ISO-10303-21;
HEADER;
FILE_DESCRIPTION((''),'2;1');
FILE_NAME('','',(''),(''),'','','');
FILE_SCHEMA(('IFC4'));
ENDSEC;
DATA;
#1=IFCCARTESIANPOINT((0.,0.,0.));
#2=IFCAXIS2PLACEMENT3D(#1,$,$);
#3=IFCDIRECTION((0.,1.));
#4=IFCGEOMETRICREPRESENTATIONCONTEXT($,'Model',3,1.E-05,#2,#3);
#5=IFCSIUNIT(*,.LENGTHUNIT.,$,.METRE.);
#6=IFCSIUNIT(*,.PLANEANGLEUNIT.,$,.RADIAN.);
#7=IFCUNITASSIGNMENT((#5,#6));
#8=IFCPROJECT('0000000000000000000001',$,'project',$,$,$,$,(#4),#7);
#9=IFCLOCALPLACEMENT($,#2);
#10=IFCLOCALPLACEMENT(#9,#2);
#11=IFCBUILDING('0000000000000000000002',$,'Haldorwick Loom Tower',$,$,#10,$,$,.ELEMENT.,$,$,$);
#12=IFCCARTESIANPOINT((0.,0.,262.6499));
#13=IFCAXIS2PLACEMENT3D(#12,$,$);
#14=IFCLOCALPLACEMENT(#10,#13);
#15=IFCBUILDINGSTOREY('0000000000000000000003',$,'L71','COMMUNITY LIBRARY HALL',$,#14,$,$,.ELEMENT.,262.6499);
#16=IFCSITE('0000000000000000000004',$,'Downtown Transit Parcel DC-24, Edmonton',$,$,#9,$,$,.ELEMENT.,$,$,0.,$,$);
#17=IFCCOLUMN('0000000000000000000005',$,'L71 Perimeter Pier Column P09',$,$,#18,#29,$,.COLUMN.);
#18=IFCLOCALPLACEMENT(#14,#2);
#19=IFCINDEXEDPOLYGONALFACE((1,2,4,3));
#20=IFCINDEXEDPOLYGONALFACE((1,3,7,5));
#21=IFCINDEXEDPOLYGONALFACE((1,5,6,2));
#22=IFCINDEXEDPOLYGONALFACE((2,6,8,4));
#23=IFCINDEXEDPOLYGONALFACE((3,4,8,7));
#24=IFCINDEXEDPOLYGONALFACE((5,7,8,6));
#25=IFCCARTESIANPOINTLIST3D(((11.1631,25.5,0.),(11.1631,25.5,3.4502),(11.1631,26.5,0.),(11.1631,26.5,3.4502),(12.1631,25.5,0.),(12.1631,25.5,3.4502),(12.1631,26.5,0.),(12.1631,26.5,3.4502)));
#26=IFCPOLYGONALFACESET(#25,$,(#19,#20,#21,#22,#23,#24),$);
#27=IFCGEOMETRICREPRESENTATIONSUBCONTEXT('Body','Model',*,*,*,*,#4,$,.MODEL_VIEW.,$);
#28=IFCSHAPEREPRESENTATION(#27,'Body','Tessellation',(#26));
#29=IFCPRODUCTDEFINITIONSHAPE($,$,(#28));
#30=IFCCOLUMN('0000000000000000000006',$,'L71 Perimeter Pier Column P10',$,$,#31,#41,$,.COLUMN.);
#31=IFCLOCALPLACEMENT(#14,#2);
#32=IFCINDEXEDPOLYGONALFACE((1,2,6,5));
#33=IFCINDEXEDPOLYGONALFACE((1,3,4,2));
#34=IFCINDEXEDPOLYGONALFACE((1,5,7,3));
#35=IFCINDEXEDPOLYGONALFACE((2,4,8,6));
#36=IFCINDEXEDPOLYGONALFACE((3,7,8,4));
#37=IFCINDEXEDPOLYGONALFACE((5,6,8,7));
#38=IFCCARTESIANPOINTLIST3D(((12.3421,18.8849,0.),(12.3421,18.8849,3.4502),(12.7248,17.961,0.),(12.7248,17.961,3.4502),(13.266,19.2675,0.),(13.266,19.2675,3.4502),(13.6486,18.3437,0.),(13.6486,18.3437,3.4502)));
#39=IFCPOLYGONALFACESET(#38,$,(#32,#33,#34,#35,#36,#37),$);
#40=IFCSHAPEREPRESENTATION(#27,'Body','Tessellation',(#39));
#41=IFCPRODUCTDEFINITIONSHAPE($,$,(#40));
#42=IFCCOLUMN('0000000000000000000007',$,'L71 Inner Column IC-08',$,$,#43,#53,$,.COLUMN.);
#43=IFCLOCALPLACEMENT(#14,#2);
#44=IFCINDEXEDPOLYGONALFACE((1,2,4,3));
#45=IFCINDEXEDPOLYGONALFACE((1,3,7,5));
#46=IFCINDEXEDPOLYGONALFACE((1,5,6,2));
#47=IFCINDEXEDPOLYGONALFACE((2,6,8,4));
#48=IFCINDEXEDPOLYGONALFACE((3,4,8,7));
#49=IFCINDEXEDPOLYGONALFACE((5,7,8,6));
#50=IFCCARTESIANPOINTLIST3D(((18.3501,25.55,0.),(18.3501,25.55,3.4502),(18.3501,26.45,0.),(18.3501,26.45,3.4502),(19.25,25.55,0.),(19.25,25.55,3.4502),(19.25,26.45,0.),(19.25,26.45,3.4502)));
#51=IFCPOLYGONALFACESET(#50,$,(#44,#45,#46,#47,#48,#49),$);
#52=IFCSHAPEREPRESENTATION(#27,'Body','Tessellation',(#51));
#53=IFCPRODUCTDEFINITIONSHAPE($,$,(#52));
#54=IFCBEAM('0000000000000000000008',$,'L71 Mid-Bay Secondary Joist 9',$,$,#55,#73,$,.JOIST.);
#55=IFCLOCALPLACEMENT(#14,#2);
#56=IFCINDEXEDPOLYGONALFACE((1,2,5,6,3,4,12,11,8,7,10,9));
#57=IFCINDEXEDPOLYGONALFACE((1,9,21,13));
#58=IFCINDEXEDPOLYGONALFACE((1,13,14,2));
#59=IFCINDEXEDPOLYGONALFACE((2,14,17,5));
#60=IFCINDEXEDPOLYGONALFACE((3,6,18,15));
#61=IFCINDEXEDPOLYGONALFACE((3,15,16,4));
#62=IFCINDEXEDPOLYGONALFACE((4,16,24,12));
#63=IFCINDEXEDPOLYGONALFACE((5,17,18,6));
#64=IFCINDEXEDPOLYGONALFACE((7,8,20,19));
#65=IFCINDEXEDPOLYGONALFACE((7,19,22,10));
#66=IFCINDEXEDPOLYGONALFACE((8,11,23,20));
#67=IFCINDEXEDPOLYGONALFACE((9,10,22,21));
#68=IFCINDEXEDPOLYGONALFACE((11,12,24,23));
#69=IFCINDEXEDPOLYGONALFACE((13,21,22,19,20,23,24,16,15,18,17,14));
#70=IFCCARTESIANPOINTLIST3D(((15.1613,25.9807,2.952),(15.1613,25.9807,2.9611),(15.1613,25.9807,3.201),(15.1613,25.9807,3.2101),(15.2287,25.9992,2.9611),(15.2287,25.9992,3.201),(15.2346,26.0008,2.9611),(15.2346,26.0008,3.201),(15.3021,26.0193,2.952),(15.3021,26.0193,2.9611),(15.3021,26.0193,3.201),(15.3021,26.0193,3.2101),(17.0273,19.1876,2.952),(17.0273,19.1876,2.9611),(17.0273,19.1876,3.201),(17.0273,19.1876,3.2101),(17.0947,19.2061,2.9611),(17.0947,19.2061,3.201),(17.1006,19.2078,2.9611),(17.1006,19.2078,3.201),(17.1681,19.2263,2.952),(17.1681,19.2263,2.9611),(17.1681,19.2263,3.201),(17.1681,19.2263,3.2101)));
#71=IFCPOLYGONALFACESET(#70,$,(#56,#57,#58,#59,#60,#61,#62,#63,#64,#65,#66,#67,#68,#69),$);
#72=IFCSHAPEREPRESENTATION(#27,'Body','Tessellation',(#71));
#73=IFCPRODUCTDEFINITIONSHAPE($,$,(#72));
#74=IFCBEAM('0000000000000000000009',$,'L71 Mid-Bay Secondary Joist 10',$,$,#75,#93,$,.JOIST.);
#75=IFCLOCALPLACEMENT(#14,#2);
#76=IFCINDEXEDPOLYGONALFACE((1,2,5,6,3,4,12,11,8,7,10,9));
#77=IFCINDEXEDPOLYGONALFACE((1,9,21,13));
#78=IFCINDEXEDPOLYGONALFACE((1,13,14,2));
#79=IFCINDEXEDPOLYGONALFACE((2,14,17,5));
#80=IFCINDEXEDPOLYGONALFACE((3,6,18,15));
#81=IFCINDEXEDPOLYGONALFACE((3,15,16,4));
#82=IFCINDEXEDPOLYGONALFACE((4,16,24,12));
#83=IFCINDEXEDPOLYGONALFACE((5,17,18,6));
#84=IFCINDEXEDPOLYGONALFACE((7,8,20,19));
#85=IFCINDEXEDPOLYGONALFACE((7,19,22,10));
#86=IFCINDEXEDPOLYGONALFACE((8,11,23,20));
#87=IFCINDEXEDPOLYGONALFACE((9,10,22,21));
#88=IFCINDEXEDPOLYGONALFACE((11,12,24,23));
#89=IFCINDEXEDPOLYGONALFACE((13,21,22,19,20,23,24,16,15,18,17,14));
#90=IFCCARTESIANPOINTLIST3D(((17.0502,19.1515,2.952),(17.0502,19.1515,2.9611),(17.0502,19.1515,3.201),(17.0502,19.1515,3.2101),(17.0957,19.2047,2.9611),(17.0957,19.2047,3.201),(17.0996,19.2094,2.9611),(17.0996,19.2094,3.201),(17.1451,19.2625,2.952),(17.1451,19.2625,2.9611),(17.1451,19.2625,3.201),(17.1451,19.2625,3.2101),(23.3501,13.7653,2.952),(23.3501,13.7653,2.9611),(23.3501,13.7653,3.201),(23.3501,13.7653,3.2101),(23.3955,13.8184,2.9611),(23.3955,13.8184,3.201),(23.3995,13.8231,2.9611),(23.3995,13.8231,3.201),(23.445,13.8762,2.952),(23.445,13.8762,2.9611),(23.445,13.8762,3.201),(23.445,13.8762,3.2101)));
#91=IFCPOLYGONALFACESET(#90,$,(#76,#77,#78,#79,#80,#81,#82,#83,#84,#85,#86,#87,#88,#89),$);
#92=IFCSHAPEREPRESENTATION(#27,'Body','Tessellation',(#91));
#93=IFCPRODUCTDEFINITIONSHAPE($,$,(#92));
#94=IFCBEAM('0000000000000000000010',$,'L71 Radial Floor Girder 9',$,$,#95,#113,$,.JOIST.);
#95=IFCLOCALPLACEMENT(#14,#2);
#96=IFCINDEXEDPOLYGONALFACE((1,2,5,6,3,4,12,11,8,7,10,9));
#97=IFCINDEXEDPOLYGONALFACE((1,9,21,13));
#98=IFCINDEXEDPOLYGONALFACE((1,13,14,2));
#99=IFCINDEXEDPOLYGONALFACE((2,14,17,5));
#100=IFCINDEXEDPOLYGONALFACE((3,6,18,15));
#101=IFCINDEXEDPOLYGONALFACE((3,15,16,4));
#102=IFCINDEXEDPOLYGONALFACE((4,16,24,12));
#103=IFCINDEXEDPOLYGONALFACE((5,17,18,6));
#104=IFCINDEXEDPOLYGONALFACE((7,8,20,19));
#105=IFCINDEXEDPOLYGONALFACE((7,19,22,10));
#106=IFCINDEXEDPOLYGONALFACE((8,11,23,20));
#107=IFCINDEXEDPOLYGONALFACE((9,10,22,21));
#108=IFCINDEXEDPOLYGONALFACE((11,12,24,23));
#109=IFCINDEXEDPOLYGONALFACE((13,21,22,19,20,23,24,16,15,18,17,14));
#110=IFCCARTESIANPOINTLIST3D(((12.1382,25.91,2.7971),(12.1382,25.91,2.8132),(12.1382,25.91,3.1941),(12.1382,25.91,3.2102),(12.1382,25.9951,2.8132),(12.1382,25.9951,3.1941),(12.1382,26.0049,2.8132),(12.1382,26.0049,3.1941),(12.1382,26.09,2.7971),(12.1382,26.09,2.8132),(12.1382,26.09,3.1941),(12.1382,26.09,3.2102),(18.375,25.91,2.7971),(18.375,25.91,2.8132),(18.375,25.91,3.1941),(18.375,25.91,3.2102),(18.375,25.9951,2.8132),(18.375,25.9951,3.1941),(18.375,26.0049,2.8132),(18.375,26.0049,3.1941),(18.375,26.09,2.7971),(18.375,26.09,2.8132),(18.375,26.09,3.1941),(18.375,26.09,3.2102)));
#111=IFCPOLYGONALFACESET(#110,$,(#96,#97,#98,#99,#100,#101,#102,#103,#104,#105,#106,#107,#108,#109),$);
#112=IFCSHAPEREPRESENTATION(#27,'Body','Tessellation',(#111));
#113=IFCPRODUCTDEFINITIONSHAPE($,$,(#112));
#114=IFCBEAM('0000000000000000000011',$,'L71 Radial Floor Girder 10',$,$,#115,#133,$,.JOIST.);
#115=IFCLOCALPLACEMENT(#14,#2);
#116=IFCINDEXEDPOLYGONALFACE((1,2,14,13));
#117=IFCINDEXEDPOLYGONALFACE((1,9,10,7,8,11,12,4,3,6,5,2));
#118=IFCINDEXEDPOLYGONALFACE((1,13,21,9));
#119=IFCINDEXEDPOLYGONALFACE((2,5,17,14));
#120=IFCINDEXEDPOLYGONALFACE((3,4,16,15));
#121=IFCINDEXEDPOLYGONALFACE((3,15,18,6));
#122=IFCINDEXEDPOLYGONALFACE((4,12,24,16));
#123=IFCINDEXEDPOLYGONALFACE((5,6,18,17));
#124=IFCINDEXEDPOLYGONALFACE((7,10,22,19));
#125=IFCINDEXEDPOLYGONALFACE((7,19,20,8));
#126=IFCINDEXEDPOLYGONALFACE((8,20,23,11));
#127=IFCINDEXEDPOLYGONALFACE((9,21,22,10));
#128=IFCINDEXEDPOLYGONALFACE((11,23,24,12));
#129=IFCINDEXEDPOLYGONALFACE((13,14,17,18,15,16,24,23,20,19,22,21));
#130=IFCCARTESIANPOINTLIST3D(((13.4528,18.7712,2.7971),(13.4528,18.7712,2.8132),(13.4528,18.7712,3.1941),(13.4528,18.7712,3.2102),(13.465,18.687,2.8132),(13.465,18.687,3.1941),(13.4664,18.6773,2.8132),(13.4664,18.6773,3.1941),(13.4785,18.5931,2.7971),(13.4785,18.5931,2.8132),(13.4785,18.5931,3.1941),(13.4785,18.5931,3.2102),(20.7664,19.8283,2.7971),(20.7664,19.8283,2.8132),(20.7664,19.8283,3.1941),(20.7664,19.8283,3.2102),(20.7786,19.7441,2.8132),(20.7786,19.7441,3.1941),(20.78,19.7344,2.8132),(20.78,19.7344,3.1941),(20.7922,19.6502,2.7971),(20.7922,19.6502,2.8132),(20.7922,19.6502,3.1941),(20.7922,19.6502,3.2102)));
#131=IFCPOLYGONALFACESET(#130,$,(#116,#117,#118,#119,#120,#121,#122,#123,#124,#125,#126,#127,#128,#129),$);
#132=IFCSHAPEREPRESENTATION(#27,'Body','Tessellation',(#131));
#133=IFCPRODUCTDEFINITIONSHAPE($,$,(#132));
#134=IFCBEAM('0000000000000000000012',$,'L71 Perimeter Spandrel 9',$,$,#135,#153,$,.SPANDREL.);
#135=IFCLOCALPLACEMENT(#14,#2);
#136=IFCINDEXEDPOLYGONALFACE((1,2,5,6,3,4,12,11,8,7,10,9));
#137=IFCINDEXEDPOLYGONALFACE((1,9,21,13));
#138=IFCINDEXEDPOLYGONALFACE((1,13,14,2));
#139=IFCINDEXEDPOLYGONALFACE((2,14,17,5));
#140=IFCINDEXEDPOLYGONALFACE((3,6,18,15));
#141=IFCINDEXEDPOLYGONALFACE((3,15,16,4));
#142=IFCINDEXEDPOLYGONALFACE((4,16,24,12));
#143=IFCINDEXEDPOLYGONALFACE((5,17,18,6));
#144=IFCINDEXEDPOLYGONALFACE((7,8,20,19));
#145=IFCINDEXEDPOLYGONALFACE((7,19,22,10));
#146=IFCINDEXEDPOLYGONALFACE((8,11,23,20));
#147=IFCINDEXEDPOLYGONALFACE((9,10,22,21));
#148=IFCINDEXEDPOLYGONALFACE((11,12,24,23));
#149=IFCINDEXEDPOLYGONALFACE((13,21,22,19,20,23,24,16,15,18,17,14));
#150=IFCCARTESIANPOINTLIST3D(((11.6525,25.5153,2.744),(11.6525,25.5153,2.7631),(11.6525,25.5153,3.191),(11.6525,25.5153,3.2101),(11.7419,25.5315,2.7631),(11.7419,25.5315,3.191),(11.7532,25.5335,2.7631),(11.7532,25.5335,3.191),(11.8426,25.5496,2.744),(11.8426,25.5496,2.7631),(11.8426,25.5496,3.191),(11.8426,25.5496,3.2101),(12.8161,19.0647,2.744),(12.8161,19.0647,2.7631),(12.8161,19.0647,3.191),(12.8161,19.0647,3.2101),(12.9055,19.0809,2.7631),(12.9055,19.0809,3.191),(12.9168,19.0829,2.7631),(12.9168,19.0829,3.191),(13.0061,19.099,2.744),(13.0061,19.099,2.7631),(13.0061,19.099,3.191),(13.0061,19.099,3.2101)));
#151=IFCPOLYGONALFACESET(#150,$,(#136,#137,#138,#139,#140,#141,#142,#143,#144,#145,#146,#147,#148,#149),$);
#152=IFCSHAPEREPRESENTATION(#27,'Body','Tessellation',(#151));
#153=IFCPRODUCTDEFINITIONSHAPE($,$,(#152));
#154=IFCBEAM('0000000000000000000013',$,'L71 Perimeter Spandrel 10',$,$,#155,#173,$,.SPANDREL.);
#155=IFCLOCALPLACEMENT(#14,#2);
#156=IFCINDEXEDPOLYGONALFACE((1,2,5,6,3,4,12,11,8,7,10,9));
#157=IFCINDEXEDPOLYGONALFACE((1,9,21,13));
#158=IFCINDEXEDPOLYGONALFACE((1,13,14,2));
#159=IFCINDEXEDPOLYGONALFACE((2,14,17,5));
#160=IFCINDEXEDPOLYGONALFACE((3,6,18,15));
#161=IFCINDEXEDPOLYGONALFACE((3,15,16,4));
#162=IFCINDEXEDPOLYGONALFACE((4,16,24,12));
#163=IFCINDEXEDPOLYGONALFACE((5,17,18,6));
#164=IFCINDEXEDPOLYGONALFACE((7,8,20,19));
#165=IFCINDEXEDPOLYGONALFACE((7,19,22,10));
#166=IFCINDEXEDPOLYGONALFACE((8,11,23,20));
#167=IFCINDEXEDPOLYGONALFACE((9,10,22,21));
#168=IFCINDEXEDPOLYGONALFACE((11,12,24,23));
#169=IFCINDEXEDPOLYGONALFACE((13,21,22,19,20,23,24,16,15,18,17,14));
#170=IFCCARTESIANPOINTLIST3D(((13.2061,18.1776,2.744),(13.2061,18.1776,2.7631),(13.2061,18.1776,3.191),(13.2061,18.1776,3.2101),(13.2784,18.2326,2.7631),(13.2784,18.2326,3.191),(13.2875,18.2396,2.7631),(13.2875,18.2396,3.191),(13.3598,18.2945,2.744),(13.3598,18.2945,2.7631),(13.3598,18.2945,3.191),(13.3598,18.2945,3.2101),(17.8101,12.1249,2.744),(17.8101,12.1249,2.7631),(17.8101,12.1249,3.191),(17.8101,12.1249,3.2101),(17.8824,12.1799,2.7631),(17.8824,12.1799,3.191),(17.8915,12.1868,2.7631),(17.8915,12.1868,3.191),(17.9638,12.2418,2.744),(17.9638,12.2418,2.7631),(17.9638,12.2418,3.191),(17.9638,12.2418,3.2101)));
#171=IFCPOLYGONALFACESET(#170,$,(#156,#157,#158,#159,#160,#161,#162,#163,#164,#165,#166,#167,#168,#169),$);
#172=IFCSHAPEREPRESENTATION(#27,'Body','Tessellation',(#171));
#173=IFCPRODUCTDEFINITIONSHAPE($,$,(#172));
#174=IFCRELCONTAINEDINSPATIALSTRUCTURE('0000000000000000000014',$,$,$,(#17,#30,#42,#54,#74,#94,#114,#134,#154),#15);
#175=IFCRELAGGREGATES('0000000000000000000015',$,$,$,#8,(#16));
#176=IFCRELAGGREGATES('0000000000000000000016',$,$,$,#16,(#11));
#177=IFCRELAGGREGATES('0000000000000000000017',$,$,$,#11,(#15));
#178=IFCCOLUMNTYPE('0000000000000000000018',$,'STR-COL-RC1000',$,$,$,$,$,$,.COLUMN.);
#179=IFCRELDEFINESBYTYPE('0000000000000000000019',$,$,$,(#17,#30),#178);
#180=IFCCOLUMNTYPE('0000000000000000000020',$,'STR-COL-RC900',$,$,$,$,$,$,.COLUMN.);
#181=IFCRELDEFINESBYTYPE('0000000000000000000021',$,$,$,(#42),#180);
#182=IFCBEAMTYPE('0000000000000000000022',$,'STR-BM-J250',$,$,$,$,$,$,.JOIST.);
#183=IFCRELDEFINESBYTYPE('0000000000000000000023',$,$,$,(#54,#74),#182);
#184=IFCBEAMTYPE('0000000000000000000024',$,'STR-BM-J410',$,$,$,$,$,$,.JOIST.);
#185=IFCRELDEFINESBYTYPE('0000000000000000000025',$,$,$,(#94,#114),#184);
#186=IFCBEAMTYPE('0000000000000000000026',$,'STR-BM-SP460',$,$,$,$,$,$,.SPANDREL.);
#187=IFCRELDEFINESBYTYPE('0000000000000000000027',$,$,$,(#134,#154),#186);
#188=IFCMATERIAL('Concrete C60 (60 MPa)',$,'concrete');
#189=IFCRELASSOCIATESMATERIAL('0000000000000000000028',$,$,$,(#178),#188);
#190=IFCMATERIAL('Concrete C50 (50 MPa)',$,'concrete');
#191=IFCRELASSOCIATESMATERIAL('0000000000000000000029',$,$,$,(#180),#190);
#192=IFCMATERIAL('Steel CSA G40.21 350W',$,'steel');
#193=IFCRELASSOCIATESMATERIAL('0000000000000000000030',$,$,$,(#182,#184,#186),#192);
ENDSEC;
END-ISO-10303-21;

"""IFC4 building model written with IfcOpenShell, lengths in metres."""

from ifc_helpers import new_model, si_unit, direction, frame, origin, origin_2d, place, context, subcontext, project, spatial, rectangle, i_section, extrude, material, material_profile, profile_set, type_object, element, save


model = new_model("IFC4")

# Units and contexts
model_context = context("Model", 3, precision=1e-05, world=origin(), true_north=direction((0.0, 1.0)))
body_context = subcontext(model_context, "Body", "Model", "MODEL_VIEW")
ifc_project = project(units=[si_unit("LENGTHUNIT", "METRE"), si_unit("PLANEANGLEUNIT", "RADIAN")], contexts=[model_context])

# Site, building, storey
site_placement = place(None, origin())
site = spatial("IfcSite", under=ifc_project, at=site_placement, Name="Downtown Transit Parcel DC-24, Edmonton", CompositionType="ELEMENT", RefElevation=0.0)
building_placement = place(site_placement, origin())
building = spatial("IfcBuilding", under=site, at=building_placement, Name="Haldorwick Loom Tower", CompositionType="ELEMENT")
storey_placement = place(building_placement, frame((0.0, 0.0, 262.6499)))
storey = spatial("IfcBuildingStorey", under=building, at=storey_placement, Name="L71", Description="COMMUNITY LIBRARY HALL", CompositionType="ELEMENT", Elevation=262.6499)

# Columns
ifc_material_1 = material(Name="Concrete C60 (60 MPa)", Category="concrete")
ifc_material_profile_1 = material_profile(ifc_material_1, rectangle(XDim=1.0, YDim=1.0, at=origin_2d()), Name="RC1000X1000", Category="concrete")
ifc_profile_set_1 = profile_set([ifc_material_profile_1], Name="Concrete C60 (60 MPa)")
column_type_1 = type_object("IfcColumnType", Name="STR-COL-RC1000", PredefinedType="COLUMN", material=ifc_profile_set_1)
for number, where, z_axis, x_axis, name in (
    (1, (11.6631, 26.0, 0.0), (0.0, 0.0, 1.0), (-1.0, 0.0, 0.0), "L71 Perimeter Pier Column P09"),
    (2, (12.9954, 18.6143, 0.0), (0.0, 0.0, 1.0), (-0.92388, -0.382683, 0.0), "L71 Perimeter Pier Column P10"),
):
    element("IfcColumn", number, at=place(storey_placement, frame(where, z_axis=z_axis, x_axis=x_axis)), inside=storey, type_object=column_type_1, Name=name, PredefinedType="COLUMN", context=body_context, shape_type="SweptSolid", body=[
        extrude(rectangle(XDim=1.0, YDim=1.0, at=origin_2d()), origin(), (0.0, 0.0, 1.0), 3.4502),
    ])
ifc_material_2 = material(Name="Concrete C50 (50 MPa)", Category="concrete")
ifc_material_profile_2 = material_profile(ifc_material_2, rectangle(XDim=0.8999, YDim=0.8999, at=origin_2d()), Name="RC900X900", Category="concrete")
ifc_profile_set_2 = profile_set([ifc_material_profile_2], Name="Concrete C50 (50 MPa)")
column_type_2 = type_object("IfcColumnType", Name="STR-COL-RC900", PredefinedType="COLUMN", material=ifc_profile_set_2)
column_placement = place(storey_placement, frame((18.8, 26.0, 0.0), z_axis=(0.0, 0.0, 1.0), x_axis=(1.0, 0.0, 0.0)))
element("IfcColumn", 3, at=column_placement, inside=storey, type_object=column_type_2, Name="L71 Inner Column IC-08", PredefinedType="COLUMN", context=body_context, shape_type="SweptSolid", body=[
    extrude(rectangle(XDim=0.8999, YDim=0.8999, at=origin_2d()), origin(), (0.0, 0.0, 1.0), 3.4502),
])

# Beams
ifc_material_3 = material(Name="Steel CSA G40.21 350W", Category="steel")
ifc_material_profile_3 = material_profile(ifc_material_3, i_section(OverallWidth=0.146, OverallDepth=0.2581, WebThickness=0.0061, FlangeThickness=0.009, at=origin_2d()), Name="W250X33", Category="steel")
ifc_profile_set_3 = profile_set([ifc_material_profile_3], Name="Steel CSA G40.21 350W")
beam_type_1 = type_object("IfcBeamType", Name="STR-BM-J250", PredefinedType="JOIST", material=ifc_profile_set_3)
beam_1_placement = place(storey_placement, frame((15.2317, 26.0, 3.0811), z_axis=(0.264879, -0.964282, 0.0), x_axis=(0.964282, 0.264879, 0.0)))
element("IfcBeam", 4, at=beam_1_placement, inside=storey, type_object=beam_type_1, Name="L71 Mid-Bay Secondary Joist 9", PredefinedType="JOIST", context=body_context, shape_type="SweptSolid", body=[
    extrude(i_section(OverallWidth=0.146, OverallDepth=0.2581, WebThickness=0.0061, FlangeThickness=0.009, at=origin_2d()), origin(), (0.0, 0.0, 1.0), 7.0447),
])
beam_2_placement = place(storey_placement, frame((17.0977, 19.207, 3.0811), z_axis=(0.760067, -0.649845, 0.0), x_axis=(0.649845, 0.760067, 0.0)))
element("IfcBeam", 5, at=beam_2_placement, inside=storey, type_object=beam_type_1, Name="L71 Mid-Bay Secondary Joist 10", PredefinedType="JOIST", context=body_context, shape_type="SweptSolid", body=[
    extrude(i_section(OverallWidth=0.146, OverallDepth=0.2581, WebThickness=0.0061, FlangeThickness=0.009, at=origin_2d()), origin(), (0.0, 0.0, 1.0), 8.2886),
])
ifc_material_profile_4 = material_profile(ifc_material_3, i_section(OverallWidth=0.1799, OverallDepth=0.4131, WebThickness=0.0098, FlangeThickness=0.0161, at=origin_2d()), Name="W410X74", Category="steel")
ifc_profile_set_4 = profile_set([ifc_material_profile_4], Name="Steel CSA G40.21 350W")
beam_type_2 = type_object("IfcBeamType", Name="STR-BM-J410", PredefinedType="JOIST", material=ifc_profile_set_4)
beam_3_placement = place(storey_placement, frame((18.375, 26.0, 3.0037), z_axis=(-1.0, 0.0, 0.0), x_axis=(0.0, -1.0, 0.0)))
element("IfcBeam", 6, at=beam_3_placement, inside=storey, type_object=beam_type_2, Name="L71 Radial Floor Girder 9", PredefinedType="JOIST", context=body_context, shape_type="SweptSolid", body=[
    extrude(i_section(OverallWidth=0.1799, OverallDepth=0.4131, WebThickness=0.0098, FlangeThickness=0.0161, at=origin_2d()), origin(), (0.0, 0.0, 1.0), 6.2368),
])
beam_4_placement = place(storey_placement, frame((20.7793, 19.7393, 3.0037), z_axis=(-0.989715, -0.143054, 0.0), x_axis=(0.143054, -0.989715, 0.0)))
element("IfcBeam", 7, at=beam_4_placement, inside=storey, type_object=beam_type_2, Name="L71 Radial Floor Girder 10", PredefinedType="JOIST", context=body_context, shape_type="SweptSolid", body=[
    extrude(i_section(OverallWidth=0.1799, OverallDepth=0.4131, WebThickness=0.0098, FlangeThickness=0.0161, at=origin_2d()), origin(), (0.0, 0.0, 1.0), 7.3896),
])
ifc_material_profile_5 = material_profile(ifc_material_3, i_section(OverallWidth=0.1931, OverallDepth=0.4661, WebThickness=0.0115, FlangeThickness=0.019, at=origin_2d()), Name="W460X97", Category="steel")
ifc_profile_set_5 = profile_set([ifc_material_profile_5], Name="Steel CSA G40.21 350W")
beam_type_3 = type_object("IfcBeamType", Name="STR-BM-SP460", PredefinedType="SPANDREL", material=ifc_profile_set_5)
beam_5_placement = place(storey_placement, frame((11.7476, 25.5325, 2.9771), z_axis=(0.177515, -0.984118, 0.0), x_axis=(0.984118, 0.177515, 0.0)))
element("IfcBeam", 8, at=beam_5_placement, inside=storey, type_object=beam_type_3, Name="L71 Perimeter Spandrel 9", PredefinedType="SPANDREL", context=body_context, shape_type="SweptSolid", body=[
    extrude(i_section(OverallWidth=0.1931, OverallDepth=0.4661, WebThickness=0.0115, FlangeThickness=0.019, at=origin_2d()), origin(), (0.0, 0.0, 1.0), 6.5547),
])
beam_6_placement = place(storey_placement, frame((13.283, 18.2361, 2.9771), z_axis=(0.60541, -0.795913, 0.0), x_axis=(0.795913, 0.60541, 0.0)))
element("IfcBeam", 9, at=beam_6_placement, inside=storey, type_object=beam_type_3, Name="L71 Perimeter Spandrel 10", PredefinedType="SPANDREL", context=body_context, shape_type="SweptSolid", body=[
    extrude(i_section(OverallWidth=0.1931, OverallDepth=0.4661, WebThickness=0.0115, FlangeThickness=0.019, at=origin_2d()), origin(), (0.0, 0.0, 1.0), 7.6047),
])

save(model, "model.ifc")
